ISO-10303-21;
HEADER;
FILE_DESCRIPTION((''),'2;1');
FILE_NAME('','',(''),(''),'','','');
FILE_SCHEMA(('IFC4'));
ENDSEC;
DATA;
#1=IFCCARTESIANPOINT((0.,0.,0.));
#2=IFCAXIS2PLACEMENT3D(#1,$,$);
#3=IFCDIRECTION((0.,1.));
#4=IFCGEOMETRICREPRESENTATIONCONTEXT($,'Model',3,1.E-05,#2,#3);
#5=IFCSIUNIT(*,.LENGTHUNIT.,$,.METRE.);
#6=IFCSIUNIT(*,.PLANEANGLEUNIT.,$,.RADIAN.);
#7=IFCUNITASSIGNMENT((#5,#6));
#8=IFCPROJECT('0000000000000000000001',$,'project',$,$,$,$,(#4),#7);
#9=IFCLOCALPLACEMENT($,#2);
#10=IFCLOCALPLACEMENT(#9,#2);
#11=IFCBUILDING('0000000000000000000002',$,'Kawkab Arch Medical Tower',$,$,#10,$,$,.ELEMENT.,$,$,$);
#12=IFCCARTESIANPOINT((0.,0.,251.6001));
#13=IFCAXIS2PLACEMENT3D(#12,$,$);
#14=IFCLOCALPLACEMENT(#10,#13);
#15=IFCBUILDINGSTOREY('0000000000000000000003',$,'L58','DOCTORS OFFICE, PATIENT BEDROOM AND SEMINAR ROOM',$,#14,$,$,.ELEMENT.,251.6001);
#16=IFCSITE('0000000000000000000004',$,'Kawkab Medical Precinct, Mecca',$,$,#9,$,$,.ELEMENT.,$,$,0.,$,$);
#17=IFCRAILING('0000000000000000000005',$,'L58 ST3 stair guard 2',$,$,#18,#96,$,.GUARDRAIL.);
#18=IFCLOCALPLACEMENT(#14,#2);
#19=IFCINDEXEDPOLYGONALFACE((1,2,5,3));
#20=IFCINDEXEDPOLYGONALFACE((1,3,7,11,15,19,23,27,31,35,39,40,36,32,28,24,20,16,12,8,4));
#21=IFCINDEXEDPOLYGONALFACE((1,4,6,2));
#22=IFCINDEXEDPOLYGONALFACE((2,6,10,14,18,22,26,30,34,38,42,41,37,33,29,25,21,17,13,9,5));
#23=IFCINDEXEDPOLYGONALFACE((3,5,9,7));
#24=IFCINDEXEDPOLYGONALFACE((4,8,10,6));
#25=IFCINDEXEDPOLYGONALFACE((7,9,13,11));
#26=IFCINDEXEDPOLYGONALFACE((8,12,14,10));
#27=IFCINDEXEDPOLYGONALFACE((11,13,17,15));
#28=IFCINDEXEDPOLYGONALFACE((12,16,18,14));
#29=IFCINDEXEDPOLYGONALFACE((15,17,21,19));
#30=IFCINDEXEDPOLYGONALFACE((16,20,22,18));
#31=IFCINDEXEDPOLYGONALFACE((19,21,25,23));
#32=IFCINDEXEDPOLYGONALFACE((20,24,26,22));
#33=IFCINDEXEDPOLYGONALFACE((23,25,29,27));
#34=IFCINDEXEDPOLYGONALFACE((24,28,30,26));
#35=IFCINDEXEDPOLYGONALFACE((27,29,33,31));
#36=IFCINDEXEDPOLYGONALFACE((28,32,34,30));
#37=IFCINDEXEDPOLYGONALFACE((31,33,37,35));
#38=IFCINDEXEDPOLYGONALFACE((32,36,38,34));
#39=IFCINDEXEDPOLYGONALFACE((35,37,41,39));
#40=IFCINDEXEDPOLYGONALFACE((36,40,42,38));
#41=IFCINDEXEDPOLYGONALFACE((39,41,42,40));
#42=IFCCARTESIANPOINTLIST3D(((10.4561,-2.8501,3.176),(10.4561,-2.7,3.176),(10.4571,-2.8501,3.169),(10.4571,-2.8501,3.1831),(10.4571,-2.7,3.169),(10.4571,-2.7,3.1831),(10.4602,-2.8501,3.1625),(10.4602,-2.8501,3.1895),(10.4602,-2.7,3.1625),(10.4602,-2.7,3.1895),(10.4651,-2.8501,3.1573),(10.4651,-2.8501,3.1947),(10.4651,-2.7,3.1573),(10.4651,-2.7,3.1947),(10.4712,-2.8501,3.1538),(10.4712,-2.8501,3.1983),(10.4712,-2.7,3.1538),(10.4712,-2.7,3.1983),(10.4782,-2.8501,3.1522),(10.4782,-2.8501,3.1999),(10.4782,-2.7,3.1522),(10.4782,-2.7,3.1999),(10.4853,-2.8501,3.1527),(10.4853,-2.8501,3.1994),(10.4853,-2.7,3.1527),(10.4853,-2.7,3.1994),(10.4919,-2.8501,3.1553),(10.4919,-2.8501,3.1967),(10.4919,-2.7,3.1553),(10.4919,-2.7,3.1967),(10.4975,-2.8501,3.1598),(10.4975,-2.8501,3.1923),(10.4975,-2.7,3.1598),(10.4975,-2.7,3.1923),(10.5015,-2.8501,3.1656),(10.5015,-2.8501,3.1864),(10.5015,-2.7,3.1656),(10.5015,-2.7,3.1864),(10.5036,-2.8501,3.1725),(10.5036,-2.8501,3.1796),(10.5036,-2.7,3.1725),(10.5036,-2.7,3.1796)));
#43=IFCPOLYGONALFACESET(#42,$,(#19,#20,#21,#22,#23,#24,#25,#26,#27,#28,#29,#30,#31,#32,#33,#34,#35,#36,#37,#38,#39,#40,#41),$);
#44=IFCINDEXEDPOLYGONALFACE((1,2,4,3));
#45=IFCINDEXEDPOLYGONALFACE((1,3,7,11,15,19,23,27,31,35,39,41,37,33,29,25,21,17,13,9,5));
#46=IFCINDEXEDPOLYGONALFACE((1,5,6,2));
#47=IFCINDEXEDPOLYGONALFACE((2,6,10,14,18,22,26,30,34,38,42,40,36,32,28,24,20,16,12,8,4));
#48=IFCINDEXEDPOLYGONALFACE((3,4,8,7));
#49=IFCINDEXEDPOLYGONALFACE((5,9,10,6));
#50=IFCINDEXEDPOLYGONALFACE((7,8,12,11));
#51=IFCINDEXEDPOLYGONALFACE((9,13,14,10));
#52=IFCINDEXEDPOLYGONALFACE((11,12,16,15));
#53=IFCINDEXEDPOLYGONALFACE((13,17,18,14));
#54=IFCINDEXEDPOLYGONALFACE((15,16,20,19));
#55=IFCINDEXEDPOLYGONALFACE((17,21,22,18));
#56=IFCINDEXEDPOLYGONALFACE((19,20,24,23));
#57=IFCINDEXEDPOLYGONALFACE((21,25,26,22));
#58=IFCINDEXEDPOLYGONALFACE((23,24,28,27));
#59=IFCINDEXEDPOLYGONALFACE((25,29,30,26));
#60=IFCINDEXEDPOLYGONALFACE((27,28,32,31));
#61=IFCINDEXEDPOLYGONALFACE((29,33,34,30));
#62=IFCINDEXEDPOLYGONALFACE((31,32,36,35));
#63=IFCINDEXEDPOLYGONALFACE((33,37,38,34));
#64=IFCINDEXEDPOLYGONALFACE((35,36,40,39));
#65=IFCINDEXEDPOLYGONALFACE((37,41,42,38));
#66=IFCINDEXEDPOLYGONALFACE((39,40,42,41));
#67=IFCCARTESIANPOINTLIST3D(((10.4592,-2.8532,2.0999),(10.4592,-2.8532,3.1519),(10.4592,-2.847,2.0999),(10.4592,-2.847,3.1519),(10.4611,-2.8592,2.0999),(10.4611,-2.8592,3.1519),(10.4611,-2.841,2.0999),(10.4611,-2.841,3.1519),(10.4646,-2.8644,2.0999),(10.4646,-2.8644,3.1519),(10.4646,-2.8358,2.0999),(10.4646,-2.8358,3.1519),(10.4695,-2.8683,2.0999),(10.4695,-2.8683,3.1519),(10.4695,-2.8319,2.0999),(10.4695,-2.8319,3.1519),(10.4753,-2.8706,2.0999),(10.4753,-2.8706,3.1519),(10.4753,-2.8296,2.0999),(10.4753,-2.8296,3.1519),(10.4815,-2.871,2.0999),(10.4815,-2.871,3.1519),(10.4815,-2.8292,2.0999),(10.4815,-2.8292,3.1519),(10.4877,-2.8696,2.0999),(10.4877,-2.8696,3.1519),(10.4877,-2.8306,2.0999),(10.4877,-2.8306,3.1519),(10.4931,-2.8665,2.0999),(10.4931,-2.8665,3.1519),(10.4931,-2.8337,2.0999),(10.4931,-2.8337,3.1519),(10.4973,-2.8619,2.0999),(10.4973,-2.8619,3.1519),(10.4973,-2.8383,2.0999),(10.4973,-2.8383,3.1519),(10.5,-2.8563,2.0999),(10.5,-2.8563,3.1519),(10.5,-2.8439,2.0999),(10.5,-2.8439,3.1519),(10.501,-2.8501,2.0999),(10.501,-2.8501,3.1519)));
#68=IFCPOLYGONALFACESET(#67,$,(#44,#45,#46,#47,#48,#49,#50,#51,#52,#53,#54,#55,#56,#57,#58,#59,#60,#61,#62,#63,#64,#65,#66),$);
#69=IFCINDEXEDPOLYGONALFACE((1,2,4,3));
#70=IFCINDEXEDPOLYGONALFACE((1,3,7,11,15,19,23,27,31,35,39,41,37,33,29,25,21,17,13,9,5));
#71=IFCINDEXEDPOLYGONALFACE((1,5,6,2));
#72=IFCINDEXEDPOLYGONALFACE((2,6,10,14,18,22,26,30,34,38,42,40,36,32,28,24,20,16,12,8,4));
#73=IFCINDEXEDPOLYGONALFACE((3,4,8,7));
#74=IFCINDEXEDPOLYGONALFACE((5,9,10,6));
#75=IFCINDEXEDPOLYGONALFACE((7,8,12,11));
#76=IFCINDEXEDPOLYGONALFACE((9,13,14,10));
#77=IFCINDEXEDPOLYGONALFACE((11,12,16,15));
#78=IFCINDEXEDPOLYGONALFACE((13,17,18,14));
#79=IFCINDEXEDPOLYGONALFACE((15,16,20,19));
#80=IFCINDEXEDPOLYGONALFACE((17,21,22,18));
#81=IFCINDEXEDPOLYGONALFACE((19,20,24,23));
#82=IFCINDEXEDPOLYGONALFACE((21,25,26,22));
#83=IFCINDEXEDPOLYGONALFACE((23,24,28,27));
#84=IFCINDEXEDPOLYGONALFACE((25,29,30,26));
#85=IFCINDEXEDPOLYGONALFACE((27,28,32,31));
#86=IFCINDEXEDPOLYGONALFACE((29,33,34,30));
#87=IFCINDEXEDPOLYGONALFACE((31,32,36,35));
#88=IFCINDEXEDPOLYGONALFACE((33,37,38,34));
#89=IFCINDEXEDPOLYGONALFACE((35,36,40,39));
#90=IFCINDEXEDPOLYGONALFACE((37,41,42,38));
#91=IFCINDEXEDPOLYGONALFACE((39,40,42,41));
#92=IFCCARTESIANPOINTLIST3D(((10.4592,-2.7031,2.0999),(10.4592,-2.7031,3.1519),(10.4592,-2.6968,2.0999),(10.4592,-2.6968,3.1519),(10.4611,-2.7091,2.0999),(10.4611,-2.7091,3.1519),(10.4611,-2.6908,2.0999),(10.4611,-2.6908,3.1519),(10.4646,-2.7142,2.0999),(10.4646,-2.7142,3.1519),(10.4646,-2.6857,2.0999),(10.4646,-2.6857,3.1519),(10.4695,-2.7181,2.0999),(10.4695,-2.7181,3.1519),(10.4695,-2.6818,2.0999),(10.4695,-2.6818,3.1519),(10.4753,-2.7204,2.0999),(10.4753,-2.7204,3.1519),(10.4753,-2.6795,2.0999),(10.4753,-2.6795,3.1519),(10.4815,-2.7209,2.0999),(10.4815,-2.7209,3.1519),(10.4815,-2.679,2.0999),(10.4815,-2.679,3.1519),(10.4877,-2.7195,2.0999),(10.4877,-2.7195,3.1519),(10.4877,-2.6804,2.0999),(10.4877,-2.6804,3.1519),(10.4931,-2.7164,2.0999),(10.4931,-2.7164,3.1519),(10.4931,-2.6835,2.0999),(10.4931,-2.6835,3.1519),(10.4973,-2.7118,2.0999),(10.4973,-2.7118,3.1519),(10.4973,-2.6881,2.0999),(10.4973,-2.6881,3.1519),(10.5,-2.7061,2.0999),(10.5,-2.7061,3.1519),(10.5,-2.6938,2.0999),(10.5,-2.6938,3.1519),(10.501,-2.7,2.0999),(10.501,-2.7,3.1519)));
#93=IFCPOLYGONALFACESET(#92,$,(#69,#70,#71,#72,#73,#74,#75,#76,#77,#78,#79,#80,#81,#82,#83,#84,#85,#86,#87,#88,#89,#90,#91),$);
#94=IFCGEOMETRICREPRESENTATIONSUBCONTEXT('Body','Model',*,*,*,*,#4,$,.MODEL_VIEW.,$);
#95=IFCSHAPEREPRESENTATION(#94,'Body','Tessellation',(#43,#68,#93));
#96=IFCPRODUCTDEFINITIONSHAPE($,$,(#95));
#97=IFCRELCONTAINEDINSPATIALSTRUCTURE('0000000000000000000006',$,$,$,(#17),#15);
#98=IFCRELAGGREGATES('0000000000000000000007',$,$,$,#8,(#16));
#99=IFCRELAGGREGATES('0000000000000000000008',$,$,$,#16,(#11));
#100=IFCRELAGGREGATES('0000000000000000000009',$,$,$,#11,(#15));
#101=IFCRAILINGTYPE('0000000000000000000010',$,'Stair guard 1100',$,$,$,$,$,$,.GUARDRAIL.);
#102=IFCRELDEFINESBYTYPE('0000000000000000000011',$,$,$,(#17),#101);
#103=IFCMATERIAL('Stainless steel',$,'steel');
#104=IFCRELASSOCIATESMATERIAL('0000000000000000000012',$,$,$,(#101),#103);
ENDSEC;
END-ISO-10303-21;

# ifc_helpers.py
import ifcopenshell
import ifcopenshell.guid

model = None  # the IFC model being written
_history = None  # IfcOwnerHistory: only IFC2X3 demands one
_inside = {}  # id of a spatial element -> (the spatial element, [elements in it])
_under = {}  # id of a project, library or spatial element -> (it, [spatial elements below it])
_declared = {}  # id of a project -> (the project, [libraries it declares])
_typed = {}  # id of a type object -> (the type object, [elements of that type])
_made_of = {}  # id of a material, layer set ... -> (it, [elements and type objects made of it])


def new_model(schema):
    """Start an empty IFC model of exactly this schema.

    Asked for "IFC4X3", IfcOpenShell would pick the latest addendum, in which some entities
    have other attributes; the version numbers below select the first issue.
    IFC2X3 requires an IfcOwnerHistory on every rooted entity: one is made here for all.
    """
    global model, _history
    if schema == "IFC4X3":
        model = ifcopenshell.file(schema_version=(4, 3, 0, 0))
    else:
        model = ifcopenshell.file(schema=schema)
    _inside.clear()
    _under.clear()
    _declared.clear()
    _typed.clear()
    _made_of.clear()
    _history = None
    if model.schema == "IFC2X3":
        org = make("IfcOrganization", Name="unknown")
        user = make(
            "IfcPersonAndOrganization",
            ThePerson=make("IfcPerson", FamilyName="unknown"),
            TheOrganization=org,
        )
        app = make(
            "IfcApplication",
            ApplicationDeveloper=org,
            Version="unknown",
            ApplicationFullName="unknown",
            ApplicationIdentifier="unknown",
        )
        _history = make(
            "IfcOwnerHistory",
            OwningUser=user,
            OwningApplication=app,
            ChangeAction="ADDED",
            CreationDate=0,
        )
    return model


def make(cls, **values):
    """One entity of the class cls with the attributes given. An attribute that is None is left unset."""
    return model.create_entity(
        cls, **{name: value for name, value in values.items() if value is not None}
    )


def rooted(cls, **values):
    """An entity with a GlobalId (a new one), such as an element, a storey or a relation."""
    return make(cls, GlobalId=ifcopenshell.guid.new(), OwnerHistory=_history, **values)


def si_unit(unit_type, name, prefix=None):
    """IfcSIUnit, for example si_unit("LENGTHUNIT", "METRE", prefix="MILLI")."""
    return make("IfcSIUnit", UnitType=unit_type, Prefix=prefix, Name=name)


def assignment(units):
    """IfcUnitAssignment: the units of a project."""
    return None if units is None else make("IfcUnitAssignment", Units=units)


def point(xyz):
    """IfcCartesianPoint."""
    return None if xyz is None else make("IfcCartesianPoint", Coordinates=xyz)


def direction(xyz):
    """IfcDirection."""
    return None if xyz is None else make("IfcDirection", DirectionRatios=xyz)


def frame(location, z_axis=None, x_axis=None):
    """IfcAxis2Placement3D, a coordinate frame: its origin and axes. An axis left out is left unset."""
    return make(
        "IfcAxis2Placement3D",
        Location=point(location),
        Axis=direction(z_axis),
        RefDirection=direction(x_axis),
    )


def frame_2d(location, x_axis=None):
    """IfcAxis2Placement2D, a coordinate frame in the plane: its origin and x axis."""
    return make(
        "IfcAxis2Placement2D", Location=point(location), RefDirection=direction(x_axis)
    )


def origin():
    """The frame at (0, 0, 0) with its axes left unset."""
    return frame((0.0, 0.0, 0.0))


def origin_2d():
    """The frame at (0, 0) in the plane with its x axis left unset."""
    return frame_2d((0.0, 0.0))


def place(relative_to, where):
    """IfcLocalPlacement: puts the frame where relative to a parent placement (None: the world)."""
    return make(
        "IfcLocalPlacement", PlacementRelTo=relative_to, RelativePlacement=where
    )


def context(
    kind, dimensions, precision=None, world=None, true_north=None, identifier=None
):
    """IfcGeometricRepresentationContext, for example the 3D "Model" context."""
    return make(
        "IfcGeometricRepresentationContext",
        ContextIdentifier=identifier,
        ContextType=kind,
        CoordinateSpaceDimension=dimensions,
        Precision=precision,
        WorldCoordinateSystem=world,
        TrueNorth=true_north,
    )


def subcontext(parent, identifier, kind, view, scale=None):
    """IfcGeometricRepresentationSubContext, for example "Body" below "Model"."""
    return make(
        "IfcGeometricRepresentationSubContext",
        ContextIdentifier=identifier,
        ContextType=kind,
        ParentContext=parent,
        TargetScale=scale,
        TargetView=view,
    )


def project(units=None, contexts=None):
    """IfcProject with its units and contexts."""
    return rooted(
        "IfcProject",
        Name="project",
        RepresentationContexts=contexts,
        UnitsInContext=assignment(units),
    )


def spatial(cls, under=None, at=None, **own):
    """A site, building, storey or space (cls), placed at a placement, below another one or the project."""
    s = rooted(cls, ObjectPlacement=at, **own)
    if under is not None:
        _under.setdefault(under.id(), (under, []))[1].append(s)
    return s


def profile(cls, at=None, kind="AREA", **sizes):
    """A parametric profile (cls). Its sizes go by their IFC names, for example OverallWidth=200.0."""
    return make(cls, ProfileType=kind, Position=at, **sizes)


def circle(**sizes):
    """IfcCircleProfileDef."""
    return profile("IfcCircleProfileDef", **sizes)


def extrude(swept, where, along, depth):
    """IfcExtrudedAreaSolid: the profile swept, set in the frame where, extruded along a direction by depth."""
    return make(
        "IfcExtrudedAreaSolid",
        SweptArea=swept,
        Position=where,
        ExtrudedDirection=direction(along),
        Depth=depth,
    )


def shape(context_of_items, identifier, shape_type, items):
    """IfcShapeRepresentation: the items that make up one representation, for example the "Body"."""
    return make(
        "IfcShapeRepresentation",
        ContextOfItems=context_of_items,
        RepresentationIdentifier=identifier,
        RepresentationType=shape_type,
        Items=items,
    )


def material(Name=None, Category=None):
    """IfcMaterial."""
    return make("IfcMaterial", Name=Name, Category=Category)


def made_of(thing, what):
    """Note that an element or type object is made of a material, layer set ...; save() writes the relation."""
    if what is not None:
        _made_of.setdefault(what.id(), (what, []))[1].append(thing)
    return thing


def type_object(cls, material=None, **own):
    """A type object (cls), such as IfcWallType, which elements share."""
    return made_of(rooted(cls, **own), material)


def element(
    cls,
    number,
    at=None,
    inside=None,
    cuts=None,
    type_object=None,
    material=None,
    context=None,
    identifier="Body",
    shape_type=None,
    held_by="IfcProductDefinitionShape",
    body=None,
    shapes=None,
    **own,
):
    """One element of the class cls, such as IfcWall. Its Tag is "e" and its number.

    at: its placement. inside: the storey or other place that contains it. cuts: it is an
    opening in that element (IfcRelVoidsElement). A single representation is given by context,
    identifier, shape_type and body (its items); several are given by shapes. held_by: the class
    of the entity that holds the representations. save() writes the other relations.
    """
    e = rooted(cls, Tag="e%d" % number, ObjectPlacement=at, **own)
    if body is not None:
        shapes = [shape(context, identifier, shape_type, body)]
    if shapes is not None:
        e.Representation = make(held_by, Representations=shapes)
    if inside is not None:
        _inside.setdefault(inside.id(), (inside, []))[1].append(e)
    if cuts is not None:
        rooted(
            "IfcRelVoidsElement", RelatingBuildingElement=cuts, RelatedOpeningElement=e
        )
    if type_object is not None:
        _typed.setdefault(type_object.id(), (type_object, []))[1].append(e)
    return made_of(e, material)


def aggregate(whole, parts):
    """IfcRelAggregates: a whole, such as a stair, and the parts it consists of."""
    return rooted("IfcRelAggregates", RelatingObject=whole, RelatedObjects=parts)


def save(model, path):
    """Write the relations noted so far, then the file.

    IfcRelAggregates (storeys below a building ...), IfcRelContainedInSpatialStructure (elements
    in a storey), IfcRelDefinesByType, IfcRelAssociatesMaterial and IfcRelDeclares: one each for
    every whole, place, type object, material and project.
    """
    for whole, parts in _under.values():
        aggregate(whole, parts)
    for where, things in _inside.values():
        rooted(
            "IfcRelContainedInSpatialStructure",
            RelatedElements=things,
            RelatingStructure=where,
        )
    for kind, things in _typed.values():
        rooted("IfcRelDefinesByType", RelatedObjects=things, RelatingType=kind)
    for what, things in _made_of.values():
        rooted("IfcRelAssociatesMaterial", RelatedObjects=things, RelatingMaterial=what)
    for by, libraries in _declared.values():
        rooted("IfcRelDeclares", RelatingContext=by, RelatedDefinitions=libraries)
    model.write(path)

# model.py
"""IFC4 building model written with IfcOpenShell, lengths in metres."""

from ifc_helpers import new_model, si_unit, direction, frame, origin, origin_2d, place, context, subcontext, project, spatial, circle, extrude, material, type_object, element, save


model = new_model("IFC4")

# Units and contexts
model_context = context("Model", 3, precision=1e-05, world=origin(), true_north=direction((0.0, 1.0)))
body_context = subcontext(model_context, "Body", "Model", "MODEL_VIEW")
ifc_project = project(units=[si_unit("LENGTHUNIT", "METRE"), si_unit("PLANEANGLEUNIT", "RADIAN")], contexts=[model_context])

# Site, building, storey
site_placement = place(None, origin())
site = spatial("IfcSite", under=ifc_project, at=site_placement, Name="Kawkab Medical Precinct, Mecca", CompositionType="ELEMENT", RefElevation=0.0)
building_placement = place(site_placement, origin())
building = spatial("IfcBuilding", under=site, at=building_placement, Name="Kawkab Arch Medical Tower", CompositionType="ELEMENT")
storey_placement = place(building_placement, frame((0.0, 0.0, 251.6001)))
storey = spatial("IfcBuildingStorey", under=building, at=storey_placement, Name="L58", Description="DOCTORS OFFICE, PATIENT BEDROOM AND SEMINAR ROOM", CompositionType="ELEMENT", Elevation=251.6001)

# Railing
ifc_material_1 = material(Name="Stainless steel", Category="steel")
railing_type_1 = type_object("IfcRailingType", Name="Stair guard 1100", PredefinedType="GUARDRAIL", material=ifc_material_1)
railing_1_placement = place(storey_placement, frame((10.48, -2.8501, 2.0999)))
element("IfcRailing", 1, at=railing_1_placement, inside=storey, type_object=railing_type_1, Name="L58 ST3 stair guard 2", PredefinedType="GUARDRAIL", context=body_context, shape_type="SweptSolid", body=[
    extrude(circle(Radius=0.0239, at=origin_2d()), frame((0.0, 0.0, 1.0762), z_axis=(0.0, 1.0, 0.0), x_axis=(-1.0, 0.0, 0.0)), (0.0, 0.0, 1.0), 0.1501),
    extrude(circle(Radius=0.021, at=origin_2d()), origin(), (0.0, 0.0, 1.0), 1.052),
    extrude(circle(Radius=0.021, at=origin_2d()), frame((0.0, 0.1501, 0.0)), (0.0, 0.0, 1.0), 1.052),
])

save(model, "model.ifc")
